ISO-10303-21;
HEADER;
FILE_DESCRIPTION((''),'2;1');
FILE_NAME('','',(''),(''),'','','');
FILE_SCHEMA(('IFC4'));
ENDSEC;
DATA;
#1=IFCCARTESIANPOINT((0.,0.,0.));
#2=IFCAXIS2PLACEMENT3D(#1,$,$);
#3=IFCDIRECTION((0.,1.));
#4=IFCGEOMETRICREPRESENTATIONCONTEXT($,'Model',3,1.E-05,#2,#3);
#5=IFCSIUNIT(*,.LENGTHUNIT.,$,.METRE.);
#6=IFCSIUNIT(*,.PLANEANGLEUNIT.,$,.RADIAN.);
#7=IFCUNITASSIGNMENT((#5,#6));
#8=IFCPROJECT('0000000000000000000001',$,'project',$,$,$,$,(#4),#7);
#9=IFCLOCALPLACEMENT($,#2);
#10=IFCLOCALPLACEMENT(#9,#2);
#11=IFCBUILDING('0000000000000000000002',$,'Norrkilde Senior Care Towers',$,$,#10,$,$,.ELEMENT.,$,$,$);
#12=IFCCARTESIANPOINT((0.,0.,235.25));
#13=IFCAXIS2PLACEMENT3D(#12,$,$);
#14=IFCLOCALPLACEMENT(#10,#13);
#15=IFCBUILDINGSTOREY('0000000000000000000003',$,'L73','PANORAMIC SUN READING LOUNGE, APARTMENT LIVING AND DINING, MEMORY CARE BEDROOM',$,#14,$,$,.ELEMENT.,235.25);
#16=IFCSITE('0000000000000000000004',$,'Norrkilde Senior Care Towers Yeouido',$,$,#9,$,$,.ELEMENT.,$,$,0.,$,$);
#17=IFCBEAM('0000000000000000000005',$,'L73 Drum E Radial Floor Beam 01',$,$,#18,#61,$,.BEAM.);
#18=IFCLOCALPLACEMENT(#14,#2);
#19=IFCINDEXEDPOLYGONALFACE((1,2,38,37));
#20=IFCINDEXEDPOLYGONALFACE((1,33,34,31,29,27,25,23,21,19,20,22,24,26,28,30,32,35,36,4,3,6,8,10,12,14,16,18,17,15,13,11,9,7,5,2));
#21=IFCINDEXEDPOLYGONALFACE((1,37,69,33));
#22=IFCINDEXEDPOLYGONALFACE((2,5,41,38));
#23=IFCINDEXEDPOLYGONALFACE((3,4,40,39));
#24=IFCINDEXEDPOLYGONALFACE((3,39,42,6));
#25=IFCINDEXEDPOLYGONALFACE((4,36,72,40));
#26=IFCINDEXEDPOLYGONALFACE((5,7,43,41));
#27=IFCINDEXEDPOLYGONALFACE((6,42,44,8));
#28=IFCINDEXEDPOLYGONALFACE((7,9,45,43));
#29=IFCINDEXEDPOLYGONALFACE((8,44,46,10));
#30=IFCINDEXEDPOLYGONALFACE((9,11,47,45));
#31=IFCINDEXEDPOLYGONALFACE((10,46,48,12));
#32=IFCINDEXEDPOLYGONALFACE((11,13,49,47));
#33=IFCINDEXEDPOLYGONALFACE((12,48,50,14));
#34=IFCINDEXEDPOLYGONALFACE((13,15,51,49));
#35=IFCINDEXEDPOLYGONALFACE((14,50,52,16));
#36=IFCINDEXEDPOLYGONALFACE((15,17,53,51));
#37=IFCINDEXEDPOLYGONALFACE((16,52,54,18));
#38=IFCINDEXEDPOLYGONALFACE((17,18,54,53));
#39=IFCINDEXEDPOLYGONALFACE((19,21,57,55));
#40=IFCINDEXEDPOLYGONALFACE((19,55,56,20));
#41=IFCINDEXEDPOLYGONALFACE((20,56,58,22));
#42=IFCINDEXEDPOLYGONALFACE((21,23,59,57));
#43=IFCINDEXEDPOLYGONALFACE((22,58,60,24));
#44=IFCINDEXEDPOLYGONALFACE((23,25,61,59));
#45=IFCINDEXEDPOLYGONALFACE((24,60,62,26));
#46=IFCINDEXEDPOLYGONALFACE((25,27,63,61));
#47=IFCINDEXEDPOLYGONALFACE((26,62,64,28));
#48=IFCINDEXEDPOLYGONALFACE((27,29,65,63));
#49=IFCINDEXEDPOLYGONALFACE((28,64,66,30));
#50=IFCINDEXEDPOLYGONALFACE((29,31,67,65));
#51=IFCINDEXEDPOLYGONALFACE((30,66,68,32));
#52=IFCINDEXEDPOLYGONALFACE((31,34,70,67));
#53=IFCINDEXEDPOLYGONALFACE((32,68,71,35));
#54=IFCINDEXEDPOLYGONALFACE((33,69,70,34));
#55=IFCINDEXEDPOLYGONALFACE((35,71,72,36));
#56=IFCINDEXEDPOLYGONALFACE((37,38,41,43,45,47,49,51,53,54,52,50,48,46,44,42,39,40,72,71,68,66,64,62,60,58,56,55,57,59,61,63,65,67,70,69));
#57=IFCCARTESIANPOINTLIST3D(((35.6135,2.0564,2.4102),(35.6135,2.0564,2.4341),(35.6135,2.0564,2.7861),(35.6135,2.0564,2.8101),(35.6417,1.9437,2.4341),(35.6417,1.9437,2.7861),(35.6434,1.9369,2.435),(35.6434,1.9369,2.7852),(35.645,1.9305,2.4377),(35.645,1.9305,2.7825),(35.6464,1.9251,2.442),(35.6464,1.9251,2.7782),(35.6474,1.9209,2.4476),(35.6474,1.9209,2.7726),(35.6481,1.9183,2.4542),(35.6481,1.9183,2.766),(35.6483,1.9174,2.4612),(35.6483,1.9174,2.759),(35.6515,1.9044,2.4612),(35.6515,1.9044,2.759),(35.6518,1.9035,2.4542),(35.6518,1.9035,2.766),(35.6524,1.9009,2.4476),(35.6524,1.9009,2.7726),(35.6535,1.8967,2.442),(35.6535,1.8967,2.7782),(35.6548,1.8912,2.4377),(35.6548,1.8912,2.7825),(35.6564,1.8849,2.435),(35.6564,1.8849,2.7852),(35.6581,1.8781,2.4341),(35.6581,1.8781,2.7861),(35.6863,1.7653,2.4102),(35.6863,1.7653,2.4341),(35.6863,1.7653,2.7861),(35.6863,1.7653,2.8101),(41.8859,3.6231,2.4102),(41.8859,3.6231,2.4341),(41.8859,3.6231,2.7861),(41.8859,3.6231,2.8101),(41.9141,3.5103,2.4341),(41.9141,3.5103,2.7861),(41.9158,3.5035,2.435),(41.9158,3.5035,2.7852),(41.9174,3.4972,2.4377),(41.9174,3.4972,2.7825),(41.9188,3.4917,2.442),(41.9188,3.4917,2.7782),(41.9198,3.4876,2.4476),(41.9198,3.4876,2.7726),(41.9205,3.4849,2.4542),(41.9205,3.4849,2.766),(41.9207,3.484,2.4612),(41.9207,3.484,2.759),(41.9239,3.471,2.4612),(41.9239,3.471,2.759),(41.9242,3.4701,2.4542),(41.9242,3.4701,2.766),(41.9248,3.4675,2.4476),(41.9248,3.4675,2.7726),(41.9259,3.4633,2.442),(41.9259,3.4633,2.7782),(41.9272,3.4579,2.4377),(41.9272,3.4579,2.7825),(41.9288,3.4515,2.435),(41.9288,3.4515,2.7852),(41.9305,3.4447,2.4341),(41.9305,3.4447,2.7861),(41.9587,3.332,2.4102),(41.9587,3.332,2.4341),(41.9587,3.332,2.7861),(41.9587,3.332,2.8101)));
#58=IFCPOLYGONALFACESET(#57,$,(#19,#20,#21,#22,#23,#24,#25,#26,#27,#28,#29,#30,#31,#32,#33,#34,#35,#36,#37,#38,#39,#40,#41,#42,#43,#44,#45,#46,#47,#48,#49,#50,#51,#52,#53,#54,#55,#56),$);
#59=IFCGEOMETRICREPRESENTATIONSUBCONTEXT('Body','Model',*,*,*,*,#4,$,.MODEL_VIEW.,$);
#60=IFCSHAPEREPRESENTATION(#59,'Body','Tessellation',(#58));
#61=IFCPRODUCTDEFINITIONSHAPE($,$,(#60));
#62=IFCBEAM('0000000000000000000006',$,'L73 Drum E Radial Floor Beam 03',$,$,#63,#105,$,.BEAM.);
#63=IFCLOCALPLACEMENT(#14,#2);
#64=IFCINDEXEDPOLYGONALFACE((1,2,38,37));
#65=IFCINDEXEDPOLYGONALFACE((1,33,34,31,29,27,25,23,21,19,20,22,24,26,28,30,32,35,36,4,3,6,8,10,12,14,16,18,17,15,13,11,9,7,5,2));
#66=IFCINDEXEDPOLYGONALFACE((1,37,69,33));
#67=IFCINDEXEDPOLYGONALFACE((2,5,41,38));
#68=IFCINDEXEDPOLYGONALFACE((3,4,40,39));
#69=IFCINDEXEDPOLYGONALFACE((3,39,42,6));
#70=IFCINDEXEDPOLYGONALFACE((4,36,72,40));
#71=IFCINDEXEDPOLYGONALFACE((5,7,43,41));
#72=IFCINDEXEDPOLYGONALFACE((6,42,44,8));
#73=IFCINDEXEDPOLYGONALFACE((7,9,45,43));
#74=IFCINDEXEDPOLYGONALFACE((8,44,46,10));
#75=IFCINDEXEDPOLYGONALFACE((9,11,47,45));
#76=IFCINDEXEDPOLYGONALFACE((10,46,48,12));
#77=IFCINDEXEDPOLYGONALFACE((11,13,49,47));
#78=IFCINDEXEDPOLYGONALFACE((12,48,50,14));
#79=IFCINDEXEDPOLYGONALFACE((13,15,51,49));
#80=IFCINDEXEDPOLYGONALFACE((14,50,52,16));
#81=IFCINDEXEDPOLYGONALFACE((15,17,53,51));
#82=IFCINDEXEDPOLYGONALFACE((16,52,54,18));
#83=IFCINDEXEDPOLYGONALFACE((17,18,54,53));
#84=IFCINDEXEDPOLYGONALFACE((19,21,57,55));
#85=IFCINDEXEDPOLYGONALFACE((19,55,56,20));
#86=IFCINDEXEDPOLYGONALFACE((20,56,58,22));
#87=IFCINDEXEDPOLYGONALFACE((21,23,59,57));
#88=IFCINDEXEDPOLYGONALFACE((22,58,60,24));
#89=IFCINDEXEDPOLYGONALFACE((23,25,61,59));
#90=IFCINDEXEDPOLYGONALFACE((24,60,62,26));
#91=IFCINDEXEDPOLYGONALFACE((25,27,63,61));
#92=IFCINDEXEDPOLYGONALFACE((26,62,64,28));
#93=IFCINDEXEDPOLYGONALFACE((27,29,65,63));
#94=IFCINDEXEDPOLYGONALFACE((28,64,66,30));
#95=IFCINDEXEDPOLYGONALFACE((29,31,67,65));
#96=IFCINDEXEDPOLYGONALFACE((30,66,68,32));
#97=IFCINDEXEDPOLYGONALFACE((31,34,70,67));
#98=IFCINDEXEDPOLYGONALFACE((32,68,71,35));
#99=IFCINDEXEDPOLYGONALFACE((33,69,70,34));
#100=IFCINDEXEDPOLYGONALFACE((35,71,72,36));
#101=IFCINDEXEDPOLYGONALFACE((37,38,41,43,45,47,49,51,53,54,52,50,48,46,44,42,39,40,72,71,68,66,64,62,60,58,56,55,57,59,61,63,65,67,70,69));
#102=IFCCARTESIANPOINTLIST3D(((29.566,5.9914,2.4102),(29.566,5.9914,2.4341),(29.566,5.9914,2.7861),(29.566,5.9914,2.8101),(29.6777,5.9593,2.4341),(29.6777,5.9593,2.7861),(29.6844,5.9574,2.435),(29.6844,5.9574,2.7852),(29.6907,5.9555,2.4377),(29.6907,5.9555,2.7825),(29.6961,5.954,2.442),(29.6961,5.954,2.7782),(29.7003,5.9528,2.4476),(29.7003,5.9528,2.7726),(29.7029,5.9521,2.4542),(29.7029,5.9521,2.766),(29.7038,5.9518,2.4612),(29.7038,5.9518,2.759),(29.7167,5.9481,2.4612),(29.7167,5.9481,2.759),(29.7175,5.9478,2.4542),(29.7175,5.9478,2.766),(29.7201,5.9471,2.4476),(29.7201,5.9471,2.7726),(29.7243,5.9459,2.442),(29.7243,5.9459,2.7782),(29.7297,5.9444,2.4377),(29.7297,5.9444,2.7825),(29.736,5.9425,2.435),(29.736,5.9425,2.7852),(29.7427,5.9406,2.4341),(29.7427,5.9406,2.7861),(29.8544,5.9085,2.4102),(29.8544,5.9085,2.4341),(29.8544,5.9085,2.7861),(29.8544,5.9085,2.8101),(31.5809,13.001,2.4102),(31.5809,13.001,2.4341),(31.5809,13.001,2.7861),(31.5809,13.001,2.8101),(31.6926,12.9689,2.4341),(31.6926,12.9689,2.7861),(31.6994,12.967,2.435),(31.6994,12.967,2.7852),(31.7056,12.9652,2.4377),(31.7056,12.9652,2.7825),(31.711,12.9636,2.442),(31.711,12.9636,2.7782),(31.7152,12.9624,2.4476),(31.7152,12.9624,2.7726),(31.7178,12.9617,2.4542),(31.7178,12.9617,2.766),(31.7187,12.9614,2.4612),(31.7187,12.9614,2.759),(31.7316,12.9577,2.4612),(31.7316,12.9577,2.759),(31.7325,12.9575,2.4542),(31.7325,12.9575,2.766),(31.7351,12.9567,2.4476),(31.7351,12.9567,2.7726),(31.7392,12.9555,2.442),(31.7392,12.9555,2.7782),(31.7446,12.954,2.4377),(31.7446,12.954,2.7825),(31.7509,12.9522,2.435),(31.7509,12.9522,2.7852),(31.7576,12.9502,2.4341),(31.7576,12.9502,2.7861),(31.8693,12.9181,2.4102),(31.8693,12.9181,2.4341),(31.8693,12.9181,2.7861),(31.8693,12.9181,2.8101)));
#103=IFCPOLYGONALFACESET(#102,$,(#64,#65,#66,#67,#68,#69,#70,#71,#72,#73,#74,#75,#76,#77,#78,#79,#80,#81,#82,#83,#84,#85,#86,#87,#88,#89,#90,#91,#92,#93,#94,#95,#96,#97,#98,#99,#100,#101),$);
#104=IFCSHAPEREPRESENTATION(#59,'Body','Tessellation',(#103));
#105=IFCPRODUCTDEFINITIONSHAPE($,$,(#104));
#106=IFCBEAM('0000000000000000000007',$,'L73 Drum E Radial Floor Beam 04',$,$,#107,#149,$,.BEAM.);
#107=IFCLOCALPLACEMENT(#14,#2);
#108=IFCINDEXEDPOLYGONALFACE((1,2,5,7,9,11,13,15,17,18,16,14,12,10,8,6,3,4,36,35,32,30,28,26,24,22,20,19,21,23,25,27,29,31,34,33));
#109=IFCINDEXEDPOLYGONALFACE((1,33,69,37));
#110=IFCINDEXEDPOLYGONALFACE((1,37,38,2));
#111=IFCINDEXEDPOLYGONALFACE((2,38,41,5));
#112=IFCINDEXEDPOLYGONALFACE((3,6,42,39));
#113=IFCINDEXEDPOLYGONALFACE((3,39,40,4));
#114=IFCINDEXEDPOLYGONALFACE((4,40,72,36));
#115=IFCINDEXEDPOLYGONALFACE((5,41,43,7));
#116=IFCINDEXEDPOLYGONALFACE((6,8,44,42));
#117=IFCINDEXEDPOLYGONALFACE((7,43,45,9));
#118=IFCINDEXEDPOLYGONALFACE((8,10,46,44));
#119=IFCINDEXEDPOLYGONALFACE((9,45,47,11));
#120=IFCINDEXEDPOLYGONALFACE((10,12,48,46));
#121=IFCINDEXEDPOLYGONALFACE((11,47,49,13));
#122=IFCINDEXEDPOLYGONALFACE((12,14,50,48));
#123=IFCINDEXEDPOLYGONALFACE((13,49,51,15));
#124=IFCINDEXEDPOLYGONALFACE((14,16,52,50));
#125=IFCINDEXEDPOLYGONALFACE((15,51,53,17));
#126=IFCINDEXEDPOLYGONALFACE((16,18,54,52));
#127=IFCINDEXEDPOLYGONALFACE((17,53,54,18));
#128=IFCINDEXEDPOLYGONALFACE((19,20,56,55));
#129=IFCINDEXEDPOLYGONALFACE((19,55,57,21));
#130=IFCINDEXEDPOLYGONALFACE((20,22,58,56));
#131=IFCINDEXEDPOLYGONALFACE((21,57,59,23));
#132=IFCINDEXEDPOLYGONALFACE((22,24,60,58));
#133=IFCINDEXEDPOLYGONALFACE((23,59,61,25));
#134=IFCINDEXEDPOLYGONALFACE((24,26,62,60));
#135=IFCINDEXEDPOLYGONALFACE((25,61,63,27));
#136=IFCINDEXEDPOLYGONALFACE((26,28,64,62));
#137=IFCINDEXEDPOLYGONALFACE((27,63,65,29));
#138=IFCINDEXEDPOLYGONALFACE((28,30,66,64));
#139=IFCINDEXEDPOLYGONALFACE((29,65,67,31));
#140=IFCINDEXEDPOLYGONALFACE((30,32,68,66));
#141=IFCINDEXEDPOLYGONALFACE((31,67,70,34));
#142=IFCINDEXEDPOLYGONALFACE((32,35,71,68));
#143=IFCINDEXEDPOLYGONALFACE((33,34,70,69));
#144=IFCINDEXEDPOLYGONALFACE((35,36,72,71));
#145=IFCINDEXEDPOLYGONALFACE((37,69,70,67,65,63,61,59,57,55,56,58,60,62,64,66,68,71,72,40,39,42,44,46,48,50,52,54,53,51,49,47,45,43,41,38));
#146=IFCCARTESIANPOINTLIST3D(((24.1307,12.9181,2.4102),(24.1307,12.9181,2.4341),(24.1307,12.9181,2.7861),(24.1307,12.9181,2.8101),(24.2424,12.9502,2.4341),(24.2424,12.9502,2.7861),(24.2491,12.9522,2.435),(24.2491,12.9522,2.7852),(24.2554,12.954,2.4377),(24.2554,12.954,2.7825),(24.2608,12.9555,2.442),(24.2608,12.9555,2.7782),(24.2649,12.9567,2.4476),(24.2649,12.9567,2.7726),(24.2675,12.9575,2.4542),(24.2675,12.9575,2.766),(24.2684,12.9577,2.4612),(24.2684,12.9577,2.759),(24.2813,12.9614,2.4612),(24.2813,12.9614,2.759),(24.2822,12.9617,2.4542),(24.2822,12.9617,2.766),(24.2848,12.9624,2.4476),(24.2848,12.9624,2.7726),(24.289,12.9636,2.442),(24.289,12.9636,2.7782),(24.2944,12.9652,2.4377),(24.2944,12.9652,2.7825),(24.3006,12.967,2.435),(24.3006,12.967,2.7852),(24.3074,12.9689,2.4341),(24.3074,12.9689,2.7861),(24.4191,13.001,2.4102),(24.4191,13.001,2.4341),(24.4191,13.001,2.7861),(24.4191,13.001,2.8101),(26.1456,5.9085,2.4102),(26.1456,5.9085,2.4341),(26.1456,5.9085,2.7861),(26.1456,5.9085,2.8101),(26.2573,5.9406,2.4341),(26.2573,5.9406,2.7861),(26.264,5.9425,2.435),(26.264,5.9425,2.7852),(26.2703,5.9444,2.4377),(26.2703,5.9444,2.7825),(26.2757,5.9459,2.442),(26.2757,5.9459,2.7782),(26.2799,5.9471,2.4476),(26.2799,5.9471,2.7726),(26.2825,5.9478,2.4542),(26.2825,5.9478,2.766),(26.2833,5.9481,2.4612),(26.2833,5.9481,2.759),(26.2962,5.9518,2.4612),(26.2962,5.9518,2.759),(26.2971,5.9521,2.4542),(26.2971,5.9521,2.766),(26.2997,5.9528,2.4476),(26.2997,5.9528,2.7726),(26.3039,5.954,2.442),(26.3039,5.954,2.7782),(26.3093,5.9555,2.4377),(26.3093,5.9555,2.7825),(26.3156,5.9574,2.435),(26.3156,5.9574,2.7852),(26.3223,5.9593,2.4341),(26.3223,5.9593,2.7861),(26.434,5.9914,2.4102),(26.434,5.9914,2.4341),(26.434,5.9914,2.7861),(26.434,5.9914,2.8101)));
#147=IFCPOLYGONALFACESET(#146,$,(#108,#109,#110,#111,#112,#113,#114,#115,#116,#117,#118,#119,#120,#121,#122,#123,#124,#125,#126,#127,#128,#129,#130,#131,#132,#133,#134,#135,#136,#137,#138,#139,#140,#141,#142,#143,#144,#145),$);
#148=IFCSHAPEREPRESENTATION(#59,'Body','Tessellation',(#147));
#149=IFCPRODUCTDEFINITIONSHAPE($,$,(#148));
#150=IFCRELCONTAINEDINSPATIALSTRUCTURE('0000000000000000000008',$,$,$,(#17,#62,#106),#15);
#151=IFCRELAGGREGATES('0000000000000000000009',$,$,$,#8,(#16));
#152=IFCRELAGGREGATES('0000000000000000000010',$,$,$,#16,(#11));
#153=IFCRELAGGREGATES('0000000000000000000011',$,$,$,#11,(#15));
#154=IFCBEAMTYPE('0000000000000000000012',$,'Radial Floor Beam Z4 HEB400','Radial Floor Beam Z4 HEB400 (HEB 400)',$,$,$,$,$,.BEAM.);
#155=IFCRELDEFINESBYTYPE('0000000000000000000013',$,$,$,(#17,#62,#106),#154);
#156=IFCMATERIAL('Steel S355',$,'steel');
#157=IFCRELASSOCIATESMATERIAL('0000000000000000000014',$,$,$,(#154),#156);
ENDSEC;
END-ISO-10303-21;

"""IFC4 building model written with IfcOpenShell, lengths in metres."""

from ifc_helpers import new_model, si_unit, direction, frame, origin, origin_2d, place, context, subcontext, project, spatial, i_section, extrude, source, transform, mapped, material, material_profile, profile_set, type_object, type_shapes, element, save


model = new_model("IFC4")

# Units and contexts
model_context = context("Model", 3, precision=1e-05, world=origin(), true_north=direction((0.0, 1.0)))
body_context = subcontext(model_context, "Body", "Model", "MODEL_VIEW")
ifc_project = project(units=[si_unit("LENGTHUNIT", "METRE"), si_unit("PLANEANGLEUNIT", "RADIAN")], contexts=[model_context])

# Site, building, storey
site_placement = place(None, origin())
site = spatial("IfcSite", under=ifc_project, at=site_placement, Name="Norrkilde Senior Care Towers Yeouido", CompositionType="ELEMENT", RefElevation=0.0)
building_placement = place(site_placement, origin())
building = spatial("IfcBuilding", under=site, at=building_placement, Name="Norrkilde Senior Care Towers", CompositionType="ELEMENT")
storey_placement = place(building_placement, frame((0.0, 0.0, 235.25)))
storey = spatial("IfcBuildingStorey", under=building, at=storey_placement, Name="L73", Description="PANORAMIC SUN READING LOUNGE, APARTMENT LIVING AND DINING, MEMORY CARE BEDROOM", CompositionType="ELEMENT", Elevation=235.25)

# Beams
ifc_material_1 = material(Name="Steel S355", Category="steel")
ifc_material_profile = material_profile(ifc_material_1, i_section(OverallWidth=0.3, OverallDepth=0.3999, WebThickness=0.0134, FlangeThickness=0.0239, FilletRadius=0.0271, at=origin_2d()), Name="HEB 400")
ifc_profile_set = profile_set([ifc_material_profile], Name="Steel S355")
beam_type = type_object("IfcBeamType", Name="Radial Floor Beam Z4 HEB400", Description="Radial Floor Beam Z4 HEB400 (HEB 400)", PredefinedType="BEAM", material=ifc_profile_set)
shared_shape_1 = source(origin(), body_context, "Body", "SweptSolid", [
    extrude(i_section(OverallWidth=0.3, OverallDepth=0.3999, WebThickness=0.0134, FlangeThickness=0.0239, FilletRadius=0.0271, at=origin_2d()), origin(), (0.0, 0.0, 1.0), 6.4651),
])
beam_placement = place(storey_placement, frame((35.6499, 1.9109, 2.6101), z_axis=(0.970196, 0.242322, 0.0), x_axis=(-0.242322, 0.970196, 0.0)))
element("IfcBeam", 1, at=beam_placement, inside=storey, type_object=beam_type, Name="L73 Drum E Radial Floor Beam 01", PredefinedType="BEAM", context=body_context, shape_type="MappedRepresentation", body=[
    mapped(shared_shape_1, transform((0.0, 0.0, 0.0), x_axis=(1.0, 0.0, 0.0), y_axis=(0.0, 1.0, 0.0), z_axis=(0.0, 0.0, 1.0), scale=1.0)),
])
shared_shape_2 = source(origin(), body_context, "Body", "SweptSolid", [
    extrude(i_section(OverallWidth=0.3, OverallDepth=0.3999, WebThickness=0.0134, FlangeThickness=0.0239, FilletRadius=0.0271, at=origin_2d()), origin(), (0.0, 0.0, 1.0), 7.2935),
])
type_shapes(beam_type, [shared_shape_1, shared_shape_2])
for number, where, z_axis, x_axis, name in (
    (2, (29.7102, 5.95, 2.6101), (0.276264, 0.961082, 0.0), (-0.961082, 0.276264, 0.0), "L73 Drum E Radial Floor Beam 03"),
    (3, (26.2898, 5.95, 2.6101), (-0.276264, 0.961082, 0.0), (-0.961082, -0.276264, 0.0), "L73 Drum E Radial Floor Beam 04"),
):
    element("IfcBeam", number, at=place(storey_placement, frame(where, z_axis=z_axis, x_axis=x_axis)), inside=storey, type_object=beam_type, Name=name, PredefinedType="BEAM", context=body_context, shape_type="MappedRepresentation", body=[
        mapped(shared_shape_2, transform((0.0, 0.0, 0.0), x_axis=(1.0, 0.0, 0.0), y_axis=(0.0, 1.0, 0.0), z_axis=(0.0, 0.0, 1.0), scale=1.0)),
    ])

save(model, "model.ifc")
